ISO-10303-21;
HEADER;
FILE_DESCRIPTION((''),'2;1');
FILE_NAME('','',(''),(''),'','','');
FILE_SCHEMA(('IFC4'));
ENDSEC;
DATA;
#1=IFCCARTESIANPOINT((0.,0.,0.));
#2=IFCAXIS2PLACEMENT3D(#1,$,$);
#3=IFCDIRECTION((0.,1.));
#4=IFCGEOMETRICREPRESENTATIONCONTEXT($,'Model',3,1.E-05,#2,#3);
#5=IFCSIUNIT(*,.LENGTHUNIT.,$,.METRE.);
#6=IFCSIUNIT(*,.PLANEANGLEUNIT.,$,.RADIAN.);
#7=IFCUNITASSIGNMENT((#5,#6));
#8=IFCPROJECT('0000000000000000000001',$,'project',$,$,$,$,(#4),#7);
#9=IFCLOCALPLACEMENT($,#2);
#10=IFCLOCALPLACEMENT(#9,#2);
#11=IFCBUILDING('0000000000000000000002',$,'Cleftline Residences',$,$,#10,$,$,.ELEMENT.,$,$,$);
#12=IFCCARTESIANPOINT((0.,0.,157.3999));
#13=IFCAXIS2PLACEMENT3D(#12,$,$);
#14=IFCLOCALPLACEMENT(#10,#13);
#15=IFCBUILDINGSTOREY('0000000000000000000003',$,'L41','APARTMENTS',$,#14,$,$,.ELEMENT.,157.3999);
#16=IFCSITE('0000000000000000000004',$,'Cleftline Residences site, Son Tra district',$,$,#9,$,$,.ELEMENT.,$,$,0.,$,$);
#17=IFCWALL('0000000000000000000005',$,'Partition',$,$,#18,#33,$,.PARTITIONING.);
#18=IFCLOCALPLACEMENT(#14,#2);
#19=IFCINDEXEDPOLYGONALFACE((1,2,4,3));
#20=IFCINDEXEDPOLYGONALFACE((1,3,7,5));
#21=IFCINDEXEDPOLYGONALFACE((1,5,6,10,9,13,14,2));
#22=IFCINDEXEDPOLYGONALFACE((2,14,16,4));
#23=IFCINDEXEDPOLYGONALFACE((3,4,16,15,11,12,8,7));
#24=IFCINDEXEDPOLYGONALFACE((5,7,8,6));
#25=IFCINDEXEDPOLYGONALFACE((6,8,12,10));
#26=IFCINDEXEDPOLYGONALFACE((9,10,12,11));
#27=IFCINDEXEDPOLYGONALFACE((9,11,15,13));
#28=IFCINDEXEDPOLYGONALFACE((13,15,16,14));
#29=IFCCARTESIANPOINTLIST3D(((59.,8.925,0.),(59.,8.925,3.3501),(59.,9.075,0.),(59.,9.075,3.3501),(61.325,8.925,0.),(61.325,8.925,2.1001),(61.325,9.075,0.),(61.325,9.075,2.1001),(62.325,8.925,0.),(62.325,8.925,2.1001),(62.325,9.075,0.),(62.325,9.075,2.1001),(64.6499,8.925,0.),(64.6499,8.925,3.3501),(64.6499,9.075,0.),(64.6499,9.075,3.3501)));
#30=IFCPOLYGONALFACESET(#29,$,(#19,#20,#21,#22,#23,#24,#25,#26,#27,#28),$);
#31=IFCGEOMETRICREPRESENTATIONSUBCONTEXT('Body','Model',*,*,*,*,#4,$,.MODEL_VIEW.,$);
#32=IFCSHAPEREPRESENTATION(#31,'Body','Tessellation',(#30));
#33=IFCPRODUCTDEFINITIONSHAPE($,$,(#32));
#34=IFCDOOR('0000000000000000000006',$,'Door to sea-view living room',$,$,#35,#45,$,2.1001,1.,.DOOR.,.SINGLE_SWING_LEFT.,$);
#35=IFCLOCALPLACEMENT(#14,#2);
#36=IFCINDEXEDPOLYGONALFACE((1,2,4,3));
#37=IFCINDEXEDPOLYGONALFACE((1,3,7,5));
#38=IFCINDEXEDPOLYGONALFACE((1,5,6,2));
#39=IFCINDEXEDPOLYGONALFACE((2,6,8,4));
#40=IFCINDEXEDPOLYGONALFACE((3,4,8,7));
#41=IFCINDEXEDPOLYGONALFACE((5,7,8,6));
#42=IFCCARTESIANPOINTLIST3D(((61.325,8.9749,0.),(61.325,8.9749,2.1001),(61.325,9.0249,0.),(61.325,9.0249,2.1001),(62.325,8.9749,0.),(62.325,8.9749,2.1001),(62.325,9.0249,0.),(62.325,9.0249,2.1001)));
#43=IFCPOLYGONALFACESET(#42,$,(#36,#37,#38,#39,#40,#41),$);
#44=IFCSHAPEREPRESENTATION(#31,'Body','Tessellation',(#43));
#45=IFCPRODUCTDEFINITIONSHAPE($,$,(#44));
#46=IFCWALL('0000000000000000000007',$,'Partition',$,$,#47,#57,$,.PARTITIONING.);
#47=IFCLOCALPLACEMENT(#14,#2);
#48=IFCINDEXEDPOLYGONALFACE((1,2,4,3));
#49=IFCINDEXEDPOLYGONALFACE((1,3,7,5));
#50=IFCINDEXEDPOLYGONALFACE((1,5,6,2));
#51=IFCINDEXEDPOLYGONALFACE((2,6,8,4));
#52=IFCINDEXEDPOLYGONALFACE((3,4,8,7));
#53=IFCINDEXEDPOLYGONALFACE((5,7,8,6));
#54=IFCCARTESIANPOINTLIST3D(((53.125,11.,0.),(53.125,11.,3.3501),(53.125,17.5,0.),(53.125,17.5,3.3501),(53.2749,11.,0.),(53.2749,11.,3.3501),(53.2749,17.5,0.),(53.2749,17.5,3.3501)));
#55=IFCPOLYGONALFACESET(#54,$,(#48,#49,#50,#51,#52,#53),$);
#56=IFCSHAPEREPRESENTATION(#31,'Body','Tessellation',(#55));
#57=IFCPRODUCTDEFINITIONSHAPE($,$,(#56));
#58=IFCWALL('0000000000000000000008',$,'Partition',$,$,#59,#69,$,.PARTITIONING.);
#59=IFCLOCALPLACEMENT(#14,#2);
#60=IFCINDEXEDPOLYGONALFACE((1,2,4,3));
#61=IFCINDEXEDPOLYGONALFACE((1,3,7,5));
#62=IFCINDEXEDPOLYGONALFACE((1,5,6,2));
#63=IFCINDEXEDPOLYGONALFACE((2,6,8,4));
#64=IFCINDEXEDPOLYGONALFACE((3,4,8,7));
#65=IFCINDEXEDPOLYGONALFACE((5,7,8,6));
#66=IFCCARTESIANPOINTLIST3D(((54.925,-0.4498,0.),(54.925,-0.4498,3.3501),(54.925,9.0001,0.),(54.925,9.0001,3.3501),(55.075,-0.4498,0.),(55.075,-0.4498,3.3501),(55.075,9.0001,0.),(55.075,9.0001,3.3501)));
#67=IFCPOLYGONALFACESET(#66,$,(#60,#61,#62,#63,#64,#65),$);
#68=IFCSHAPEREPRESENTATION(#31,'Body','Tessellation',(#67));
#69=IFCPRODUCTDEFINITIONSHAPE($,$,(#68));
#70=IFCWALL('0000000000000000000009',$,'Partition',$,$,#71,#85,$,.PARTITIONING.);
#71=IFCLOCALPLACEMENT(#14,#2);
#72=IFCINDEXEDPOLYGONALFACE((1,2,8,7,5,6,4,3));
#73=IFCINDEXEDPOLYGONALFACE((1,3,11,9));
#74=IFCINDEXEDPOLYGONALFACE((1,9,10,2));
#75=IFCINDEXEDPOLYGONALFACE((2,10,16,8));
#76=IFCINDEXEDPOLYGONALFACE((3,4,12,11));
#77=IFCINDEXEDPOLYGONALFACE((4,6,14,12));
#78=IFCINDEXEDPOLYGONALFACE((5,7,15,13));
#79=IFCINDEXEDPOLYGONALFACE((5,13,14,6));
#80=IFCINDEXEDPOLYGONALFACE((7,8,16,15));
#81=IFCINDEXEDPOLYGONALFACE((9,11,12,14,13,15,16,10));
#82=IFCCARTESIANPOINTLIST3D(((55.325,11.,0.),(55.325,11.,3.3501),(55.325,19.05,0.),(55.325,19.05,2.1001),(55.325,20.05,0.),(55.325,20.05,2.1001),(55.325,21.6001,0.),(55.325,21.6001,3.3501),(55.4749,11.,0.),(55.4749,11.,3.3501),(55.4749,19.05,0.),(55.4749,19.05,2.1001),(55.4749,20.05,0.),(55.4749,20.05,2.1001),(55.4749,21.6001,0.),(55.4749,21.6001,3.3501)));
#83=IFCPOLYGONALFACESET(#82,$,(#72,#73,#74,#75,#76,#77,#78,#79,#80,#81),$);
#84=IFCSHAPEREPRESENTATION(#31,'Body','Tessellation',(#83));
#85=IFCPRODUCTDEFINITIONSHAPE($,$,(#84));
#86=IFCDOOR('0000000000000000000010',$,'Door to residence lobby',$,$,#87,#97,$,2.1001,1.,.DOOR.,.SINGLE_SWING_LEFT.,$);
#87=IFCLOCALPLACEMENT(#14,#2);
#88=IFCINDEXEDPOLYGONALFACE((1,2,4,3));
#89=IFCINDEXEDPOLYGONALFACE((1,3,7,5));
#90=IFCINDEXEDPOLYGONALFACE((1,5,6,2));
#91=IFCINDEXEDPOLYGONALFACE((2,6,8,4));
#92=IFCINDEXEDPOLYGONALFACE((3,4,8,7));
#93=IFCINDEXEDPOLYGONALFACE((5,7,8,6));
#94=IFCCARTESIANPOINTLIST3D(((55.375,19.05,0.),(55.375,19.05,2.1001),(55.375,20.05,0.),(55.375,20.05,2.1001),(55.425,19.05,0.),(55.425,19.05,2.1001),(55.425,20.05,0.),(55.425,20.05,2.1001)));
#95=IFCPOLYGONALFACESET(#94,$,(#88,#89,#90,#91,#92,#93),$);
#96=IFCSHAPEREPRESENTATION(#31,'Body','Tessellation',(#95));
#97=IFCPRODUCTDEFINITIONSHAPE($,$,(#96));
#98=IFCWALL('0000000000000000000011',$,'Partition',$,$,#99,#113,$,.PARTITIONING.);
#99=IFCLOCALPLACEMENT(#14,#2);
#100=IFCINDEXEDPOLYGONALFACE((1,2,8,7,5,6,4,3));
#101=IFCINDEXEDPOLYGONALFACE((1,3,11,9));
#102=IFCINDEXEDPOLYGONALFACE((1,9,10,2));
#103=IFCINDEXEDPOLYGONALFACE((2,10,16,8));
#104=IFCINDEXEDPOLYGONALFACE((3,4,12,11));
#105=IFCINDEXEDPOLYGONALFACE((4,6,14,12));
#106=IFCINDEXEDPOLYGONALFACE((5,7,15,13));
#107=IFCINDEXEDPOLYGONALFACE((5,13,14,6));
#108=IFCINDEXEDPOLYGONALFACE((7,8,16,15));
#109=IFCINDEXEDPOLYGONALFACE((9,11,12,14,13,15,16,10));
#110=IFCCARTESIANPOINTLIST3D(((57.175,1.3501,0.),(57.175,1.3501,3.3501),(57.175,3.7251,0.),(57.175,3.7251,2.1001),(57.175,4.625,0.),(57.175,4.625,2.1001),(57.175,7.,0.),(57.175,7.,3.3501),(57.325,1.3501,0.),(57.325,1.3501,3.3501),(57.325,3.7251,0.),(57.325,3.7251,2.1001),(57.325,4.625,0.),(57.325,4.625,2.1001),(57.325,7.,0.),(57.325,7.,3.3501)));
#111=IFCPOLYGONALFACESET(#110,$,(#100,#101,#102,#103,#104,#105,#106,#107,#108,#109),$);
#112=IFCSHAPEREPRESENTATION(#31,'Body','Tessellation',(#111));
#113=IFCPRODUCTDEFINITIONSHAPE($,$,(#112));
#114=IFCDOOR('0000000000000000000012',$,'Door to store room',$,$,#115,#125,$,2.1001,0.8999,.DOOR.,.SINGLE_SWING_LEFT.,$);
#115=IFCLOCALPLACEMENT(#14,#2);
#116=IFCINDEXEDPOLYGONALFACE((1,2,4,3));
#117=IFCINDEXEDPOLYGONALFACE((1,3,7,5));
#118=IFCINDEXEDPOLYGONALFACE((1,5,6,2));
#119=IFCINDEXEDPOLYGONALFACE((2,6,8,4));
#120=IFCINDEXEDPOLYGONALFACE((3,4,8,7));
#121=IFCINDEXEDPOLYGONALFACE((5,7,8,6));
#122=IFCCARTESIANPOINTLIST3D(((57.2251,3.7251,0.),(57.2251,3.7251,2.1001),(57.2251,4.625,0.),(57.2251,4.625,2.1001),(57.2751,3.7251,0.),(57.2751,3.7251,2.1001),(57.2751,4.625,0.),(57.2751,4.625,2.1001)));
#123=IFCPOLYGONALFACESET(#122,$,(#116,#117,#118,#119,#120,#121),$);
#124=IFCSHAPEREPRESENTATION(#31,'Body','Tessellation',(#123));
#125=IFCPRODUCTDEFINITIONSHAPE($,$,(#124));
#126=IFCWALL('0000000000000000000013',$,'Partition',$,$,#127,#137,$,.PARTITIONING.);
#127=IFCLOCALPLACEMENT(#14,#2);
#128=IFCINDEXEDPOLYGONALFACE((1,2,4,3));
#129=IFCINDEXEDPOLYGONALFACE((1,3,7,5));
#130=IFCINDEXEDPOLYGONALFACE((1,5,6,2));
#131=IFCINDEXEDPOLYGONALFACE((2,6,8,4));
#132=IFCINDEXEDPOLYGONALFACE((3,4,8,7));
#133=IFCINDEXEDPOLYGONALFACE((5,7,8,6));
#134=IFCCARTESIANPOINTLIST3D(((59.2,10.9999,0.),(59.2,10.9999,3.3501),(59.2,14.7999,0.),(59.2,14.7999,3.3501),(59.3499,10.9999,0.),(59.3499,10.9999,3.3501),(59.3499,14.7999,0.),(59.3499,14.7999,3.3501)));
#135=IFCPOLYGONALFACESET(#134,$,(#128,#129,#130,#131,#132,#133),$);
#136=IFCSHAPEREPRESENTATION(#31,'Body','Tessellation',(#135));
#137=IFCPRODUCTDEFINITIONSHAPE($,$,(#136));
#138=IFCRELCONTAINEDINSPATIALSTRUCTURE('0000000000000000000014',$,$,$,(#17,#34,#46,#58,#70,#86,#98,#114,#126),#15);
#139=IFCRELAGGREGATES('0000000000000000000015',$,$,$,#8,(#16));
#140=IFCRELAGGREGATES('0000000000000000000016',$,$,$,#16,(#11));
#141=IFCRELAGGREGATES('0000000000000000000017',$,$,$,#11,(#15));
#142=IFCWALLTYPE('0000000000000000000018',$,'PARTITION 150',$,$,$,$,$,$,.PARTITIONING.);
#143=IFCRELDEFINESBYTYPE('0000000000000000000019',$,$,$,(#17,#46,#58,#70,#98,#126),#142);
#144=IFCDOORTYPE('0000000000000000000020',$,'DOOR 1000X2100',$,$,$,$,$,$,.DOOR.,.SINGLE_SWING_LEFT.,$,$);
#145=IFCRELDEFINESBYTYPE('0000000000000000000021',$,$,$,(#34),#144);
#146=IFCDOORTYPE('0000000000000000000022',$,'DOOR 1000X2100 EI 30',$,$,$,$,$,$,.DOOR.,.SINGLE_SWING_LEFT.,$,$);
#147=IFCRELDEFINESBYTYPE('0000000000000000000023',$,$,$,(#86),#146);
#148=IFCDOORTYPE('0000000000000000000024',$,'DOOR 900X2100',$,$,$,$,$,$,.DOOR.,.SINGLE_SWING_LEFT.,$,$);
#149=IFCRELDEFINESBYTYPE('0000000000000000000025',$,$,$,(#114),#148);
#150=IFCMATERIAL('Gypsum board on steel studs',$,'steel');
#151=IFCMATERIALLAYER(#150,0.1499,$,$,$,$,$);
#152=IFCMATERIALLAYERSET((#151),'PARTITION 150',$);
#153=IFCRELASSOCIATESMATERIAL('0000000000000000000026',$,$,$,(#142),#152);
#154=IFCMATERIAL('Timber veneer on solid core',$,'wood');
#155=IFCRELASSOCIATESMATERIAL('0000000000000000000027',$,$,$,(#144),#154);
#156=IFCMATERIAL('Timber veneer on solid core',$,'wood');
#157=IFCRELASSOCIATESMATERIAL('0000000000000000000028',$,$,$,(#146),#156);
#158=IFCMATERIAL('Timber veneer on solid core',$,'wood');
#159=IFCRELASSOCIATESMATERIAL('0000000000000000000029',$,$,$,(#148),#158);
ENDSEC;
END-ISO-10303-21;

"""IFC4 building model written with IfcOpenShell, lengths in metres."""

from ifc_helpers import new_model, si_unit, direction, frame, frame_2d, origin, place, context, subcontext, project, spatial, rectangle, extrude, material, layer, layer_set, type_object, element, fill, save


model = new_model("IFC4")

# Units and contexts
model_context = context("Model", 3, precision=1e-05, world=origin(), true_north=direction((0.0, 1.0)))
body_context = subcontext(model_context, "Body", "Model", "MODEL_VIEW")
ifc_project = project(units=[si_unit("LENGTHUNIT", "METRE"), si_unit("PLANEANGLEUNIT", "RADIAN")], contexts=[model_context])

# Site, building, storey
site_placement = place(None, origin())
site = spatial("IfcSite", under=ifc_project, at=site_placement, Name="Cleftline Residences site, Son Tra district", CompositionType="ELEMENT", RefElevation=0.0)
building_placement = place(site_placement, origin())
building = spatial("IfcBuilding", under=site, at=building_placement, Name="Cleftline Residences", CompositionType="ELEMENT")
storey_placement = place(building_placement, frame((0.0, 0.0, 157.3999)))
storey = spatial("IfcBuildingStorey", under=building, at=storey_placement, Name="L41", Description="APARTMENTS", CompositionType="ELEMENT", Elevation=157.3999)

# Wall, opening, door
ifc_material_1 = material(Name="Gypsum board on steel studs", Category="steel")
ifc_layer_1 = layer(ifc_material_1, 0.1499)
ifc_layer_set_1 = layer_set([ifc_layer_1], Name="PARTITION 150")
wall_type_1 = type_object("IfcWallType", Name="PARTITION 150", PredefinedType="PARTITIONING", material=ifc_layer_set_1)
ifc_material_2 = material(Name="Timber veneer on solid core", Category="wood")
door_type_1 = type_object("IfcDoorType", Name="DOOR 1000X2100", OperationType="SINGLE_SWING_LEFT", PredefinedType="DOOR", material=ifc_material_2)
wall_1_placement = place(storey_placement, frame((59.0, 9.0, 0.0), z_axis=(0.0, 0.0, 1.0), x_axis=(1.0, 0.0, 0.0)))
wall_1 = element("IfcWall", 1, at=wall_1_placement, inside=storey, type_object=wall_type_1, Name="Partition", PredefinedType="PARTITIONING", context=body_context, shape_type="SweptSolid", body=[
    extrude(rectangle(XDim=5.6499, YDim=0.1499, at=frame_2d((2.825, 0.0))), origin(), (0.0, 0.0, 1.0), 3.3501),
])
opening_1_placement = place(wall_1_placement, frame((2.325, 0.0, 0.0)))
opening_1 = element("IfcOpeningElement", 2, at=opening_1_placement, cuts=wall_1, PredefinedType="OPENING", context=body_context, shape_type="SweptSolid", body=[
    extrude(rectangle(XDim=1.0, YDim=2.1001, at=frame_2d((0.5, 1.05))), frame((0.0, 0.085, 0.0), z_axis=(0.0, -1.0, 0.0), x_axis=(1.0, 0.0, 0.0)), (0.0, 0.0, 1.0), 0.1699),
])
door_1_placement = place(opening_1_placement, origin())
door_1 = element("IfcDoor", 3, at=door_1_placement, inside=storey, type_object=door_type_1, Name="Door to sea-view living room", OperationType="SINGLE_SWING_LEFT", OverallHeight=2.1001, OverallWidth=1.0, PredefinedType="DOOR", context=body_context, shape_type="SweptSolid", body=[
    extrude(rectangle(XDim=1.0, YDim=2.1001, at=frame_2d((0.5, 1.05))), frame((0.0, 0.0249, 0.0), z_axis=(0.0, -1.0, 0.0), x_axis=(1.0, 0.0, 0.0)), (0.0, 0.0, 1.0), 0.05),
])
fill(opening_1, door_1)

# Walls
wall_2_placement = place(storey_placement, frame((53.2, 11.0, 0.0), z_axis=(0.0, 0.0, 1.0), x_axis=(0.0, 1.0, 0.0)))
element("IfcWall", 4, at=wall_2_placement, inside=storey, type_object=wall_type_1, Name="Partition", PredefinedType="PARTITIONING", context=body_context, shape_type="SweptSolid", body=[
    extrude(rectangle(XDim=6.5, YDim=0.1499, at=frame_2d((3.25, 0.0))), origin(), (0.0, 0.0, 1.0), 3.3501),
])
wall_3_placement = place(storey_placement, frame((55.0, -0.45, 0.0), z_axis=(0.0, 0.0, 1.0), x_axis=(0.0, 1.0, 0.0)))
element("IfcWall", 5, at=wall_3_placement, inside=storey, type_object=wall_type_1, Name="Partition", PredefinedType="PARTITIONING", context=body_context, shape_type="SweptSolid", body=[
    extrude(rectangle(XDim=9.45, YDim=0.1499, at=frame_2d((4.7251, 0.0))), origin(), (0.0, 0.0, 1.0), 3.3501),
])

# Walls, openings, doors
wall_4_placement = place(storey_placement, frame((55.3999, 11.0, 0.0), z_axis=(0.0, 0.0, 1.0), x_axis=(0.0, 1.0, 0.0)))
wall_4 = element("IfcWall", 6, at=wall_4_placement, inside=storey, type_object=wall_type_1, Name="Partition", PredefinedType="PARTITIONING", context=body_context, shape_type="SweptSolid", body=[
    extrude(rectangle(XDim=10.6001, YDim=0.1499, at=frame_2d((5.3, 0.0))), origin(), (0.0, 0.0, 1.0), 3.3501),
])
opening_2_placement = place(wall_4_placement, frame((8.05, 0.0, 0.0)))
opening_2 = element("IfcOpeningElement", 7, at=opening_2_placement, cuts=wall_4, PredefinedType="OPENING", context=body_context, shape_type="SweptSolid", body=[
    extrude(rectangle(XDim=1.0, YDim=2.1001, at=frame_2d((0.5, 1.05))), frame((0.0, 0.085, 0.0), z_axis=(0.0, -1.0, 0.0), x_axis=(1.0, 0.0, 0.0)), (0.0, 0.0, 1.0), 0.1699),
])
ifc_material_3 = material(Name="Timber veneer on solid core", Category="wood")
door_type_2 = type_object("IfcDoorType", Name="DOOR 1000X2100 EI 30", OperationType="SINGLE_SWING_LEFT", PredefinedType="DOOR", material=ifc_material_3)
door_2_placement = place(opening_2_placement, origin())
door_2 = element("IfcDoor", 8, at=door_2_placement, inside=storey, type_object=door_type_2, Name="Door to residence lobby", OperationType="SINGLE_SWING_LEFT", OverallHeight=2.1001, OverallWidth=1.0, PredefinedType="DOOR", context=body_context, shape_type="SweptSolid", body=[
    extrude(rectangle(XDim=1.0, YDim=2.1001, at=frame_2d((0.5, 1.05))), frame((0.0, 0.0249, 0.0), z_axis=(0.0, -1.0, 0.0), x_axis=(1.0, 0.0, 0.0)), (0.0, 0.0, 1.0), 0.05),
])
fill(opening_2, door_2)
wall_5_placement = place(storey_placement, frame((57.25, 1.3501, 0.0), z_axis=(0.0, 0.0, 1.0), x_axis=(0.0, 1.0, 0.0)))
wall_5 = element("IfcWall", 9, at=wall_5_placement, inside=storey, type_object=wall_type_1, Name="Partition", PredefinedType="PARTITIONING", context=body_context, shape_type="SweptSolid", body=[
    extrude(rectangle(XDim=5.6499, YDim=0.1499, at=frame_2d((2.825, 0.0))), origin(), (0.0, 0.0, 1.0), 3.3501),
])
opening_3_placement = place(wall_5_placement, frame((2.375, 0.0, 0.0)))
opening_3 = element("IfcOpeningElement", 10, at=opening_3_placement, cuts=wall_5, PredefinedType="OPENING", context=body_context, shape_type="SweptSolid", body=[
    extrude(rectangle(XDim=0.8999, YDim=2.1001, at=frame_2d((0.45, 1.05))), frame((0.0, 0.085, 0.0), z_axis=(0.0, -1.0, 0.0), x_axis=(1.0, 0.0, 0.0)), (0.0, 0.0, 1.0), 0.1699),
])
ifc_material_4 = material(Name="Timber veneer on solid core", Category="wood")
door_type_3 = type_object("IfcDoorType", Name="DOOR 900X2100", OperationType="SINGLE_SWING_LEFT", PredefinedType="DOOR", material=ifc_material_4)
door_3_placement = place(opening_3_placement, origin())
door_3 = element("IfcDoor", 11, at=door_3_placement, inside=storey, type_object=door_type_3, Name="Door to store room", OperationType="SINGLE_SWING_LEFT", OverallHeight=2.1001, OverallWidth=0.8999, PredefinedType="DOOR", context=body_context, shape_type="SweptSolid", body=[
    extrude(rectangle(XDim=0.8999, YDim=2.1001, at=frame_2d((0.45, 1.05))), frame((0.0, 0.0249, 0.0), z_axis=(0.0, -1.0, 0.0), x_axis=(1.0, 0.0, 0.0)), (0.0, 0.0, 1.0), 0.05),
])
fill(opening_3, door_3)

# Wall
wall_6_placement = place(storey_placement, frame((59.2749, 11.0, 0.0), z_axis=(0.0, 0.0, 1.0), x_axis=(0.0, 1.0, 0.0)))
element("IfcWall", 12, at=wall_6_placement, inside=storey, type_object=wall_type_1, Name="Partition", PredefinedType="PARTITIONING", context=body_context, shape_type="SweptSolid", body=[
    extrude(rectangle(XDim=3.8, YDim=0.1499, at=frame_2d((1.8999, 0.0))), origin(), (0.0, 0.0, 1.0), 3.3501),
])

save(model, "model.ifc")
